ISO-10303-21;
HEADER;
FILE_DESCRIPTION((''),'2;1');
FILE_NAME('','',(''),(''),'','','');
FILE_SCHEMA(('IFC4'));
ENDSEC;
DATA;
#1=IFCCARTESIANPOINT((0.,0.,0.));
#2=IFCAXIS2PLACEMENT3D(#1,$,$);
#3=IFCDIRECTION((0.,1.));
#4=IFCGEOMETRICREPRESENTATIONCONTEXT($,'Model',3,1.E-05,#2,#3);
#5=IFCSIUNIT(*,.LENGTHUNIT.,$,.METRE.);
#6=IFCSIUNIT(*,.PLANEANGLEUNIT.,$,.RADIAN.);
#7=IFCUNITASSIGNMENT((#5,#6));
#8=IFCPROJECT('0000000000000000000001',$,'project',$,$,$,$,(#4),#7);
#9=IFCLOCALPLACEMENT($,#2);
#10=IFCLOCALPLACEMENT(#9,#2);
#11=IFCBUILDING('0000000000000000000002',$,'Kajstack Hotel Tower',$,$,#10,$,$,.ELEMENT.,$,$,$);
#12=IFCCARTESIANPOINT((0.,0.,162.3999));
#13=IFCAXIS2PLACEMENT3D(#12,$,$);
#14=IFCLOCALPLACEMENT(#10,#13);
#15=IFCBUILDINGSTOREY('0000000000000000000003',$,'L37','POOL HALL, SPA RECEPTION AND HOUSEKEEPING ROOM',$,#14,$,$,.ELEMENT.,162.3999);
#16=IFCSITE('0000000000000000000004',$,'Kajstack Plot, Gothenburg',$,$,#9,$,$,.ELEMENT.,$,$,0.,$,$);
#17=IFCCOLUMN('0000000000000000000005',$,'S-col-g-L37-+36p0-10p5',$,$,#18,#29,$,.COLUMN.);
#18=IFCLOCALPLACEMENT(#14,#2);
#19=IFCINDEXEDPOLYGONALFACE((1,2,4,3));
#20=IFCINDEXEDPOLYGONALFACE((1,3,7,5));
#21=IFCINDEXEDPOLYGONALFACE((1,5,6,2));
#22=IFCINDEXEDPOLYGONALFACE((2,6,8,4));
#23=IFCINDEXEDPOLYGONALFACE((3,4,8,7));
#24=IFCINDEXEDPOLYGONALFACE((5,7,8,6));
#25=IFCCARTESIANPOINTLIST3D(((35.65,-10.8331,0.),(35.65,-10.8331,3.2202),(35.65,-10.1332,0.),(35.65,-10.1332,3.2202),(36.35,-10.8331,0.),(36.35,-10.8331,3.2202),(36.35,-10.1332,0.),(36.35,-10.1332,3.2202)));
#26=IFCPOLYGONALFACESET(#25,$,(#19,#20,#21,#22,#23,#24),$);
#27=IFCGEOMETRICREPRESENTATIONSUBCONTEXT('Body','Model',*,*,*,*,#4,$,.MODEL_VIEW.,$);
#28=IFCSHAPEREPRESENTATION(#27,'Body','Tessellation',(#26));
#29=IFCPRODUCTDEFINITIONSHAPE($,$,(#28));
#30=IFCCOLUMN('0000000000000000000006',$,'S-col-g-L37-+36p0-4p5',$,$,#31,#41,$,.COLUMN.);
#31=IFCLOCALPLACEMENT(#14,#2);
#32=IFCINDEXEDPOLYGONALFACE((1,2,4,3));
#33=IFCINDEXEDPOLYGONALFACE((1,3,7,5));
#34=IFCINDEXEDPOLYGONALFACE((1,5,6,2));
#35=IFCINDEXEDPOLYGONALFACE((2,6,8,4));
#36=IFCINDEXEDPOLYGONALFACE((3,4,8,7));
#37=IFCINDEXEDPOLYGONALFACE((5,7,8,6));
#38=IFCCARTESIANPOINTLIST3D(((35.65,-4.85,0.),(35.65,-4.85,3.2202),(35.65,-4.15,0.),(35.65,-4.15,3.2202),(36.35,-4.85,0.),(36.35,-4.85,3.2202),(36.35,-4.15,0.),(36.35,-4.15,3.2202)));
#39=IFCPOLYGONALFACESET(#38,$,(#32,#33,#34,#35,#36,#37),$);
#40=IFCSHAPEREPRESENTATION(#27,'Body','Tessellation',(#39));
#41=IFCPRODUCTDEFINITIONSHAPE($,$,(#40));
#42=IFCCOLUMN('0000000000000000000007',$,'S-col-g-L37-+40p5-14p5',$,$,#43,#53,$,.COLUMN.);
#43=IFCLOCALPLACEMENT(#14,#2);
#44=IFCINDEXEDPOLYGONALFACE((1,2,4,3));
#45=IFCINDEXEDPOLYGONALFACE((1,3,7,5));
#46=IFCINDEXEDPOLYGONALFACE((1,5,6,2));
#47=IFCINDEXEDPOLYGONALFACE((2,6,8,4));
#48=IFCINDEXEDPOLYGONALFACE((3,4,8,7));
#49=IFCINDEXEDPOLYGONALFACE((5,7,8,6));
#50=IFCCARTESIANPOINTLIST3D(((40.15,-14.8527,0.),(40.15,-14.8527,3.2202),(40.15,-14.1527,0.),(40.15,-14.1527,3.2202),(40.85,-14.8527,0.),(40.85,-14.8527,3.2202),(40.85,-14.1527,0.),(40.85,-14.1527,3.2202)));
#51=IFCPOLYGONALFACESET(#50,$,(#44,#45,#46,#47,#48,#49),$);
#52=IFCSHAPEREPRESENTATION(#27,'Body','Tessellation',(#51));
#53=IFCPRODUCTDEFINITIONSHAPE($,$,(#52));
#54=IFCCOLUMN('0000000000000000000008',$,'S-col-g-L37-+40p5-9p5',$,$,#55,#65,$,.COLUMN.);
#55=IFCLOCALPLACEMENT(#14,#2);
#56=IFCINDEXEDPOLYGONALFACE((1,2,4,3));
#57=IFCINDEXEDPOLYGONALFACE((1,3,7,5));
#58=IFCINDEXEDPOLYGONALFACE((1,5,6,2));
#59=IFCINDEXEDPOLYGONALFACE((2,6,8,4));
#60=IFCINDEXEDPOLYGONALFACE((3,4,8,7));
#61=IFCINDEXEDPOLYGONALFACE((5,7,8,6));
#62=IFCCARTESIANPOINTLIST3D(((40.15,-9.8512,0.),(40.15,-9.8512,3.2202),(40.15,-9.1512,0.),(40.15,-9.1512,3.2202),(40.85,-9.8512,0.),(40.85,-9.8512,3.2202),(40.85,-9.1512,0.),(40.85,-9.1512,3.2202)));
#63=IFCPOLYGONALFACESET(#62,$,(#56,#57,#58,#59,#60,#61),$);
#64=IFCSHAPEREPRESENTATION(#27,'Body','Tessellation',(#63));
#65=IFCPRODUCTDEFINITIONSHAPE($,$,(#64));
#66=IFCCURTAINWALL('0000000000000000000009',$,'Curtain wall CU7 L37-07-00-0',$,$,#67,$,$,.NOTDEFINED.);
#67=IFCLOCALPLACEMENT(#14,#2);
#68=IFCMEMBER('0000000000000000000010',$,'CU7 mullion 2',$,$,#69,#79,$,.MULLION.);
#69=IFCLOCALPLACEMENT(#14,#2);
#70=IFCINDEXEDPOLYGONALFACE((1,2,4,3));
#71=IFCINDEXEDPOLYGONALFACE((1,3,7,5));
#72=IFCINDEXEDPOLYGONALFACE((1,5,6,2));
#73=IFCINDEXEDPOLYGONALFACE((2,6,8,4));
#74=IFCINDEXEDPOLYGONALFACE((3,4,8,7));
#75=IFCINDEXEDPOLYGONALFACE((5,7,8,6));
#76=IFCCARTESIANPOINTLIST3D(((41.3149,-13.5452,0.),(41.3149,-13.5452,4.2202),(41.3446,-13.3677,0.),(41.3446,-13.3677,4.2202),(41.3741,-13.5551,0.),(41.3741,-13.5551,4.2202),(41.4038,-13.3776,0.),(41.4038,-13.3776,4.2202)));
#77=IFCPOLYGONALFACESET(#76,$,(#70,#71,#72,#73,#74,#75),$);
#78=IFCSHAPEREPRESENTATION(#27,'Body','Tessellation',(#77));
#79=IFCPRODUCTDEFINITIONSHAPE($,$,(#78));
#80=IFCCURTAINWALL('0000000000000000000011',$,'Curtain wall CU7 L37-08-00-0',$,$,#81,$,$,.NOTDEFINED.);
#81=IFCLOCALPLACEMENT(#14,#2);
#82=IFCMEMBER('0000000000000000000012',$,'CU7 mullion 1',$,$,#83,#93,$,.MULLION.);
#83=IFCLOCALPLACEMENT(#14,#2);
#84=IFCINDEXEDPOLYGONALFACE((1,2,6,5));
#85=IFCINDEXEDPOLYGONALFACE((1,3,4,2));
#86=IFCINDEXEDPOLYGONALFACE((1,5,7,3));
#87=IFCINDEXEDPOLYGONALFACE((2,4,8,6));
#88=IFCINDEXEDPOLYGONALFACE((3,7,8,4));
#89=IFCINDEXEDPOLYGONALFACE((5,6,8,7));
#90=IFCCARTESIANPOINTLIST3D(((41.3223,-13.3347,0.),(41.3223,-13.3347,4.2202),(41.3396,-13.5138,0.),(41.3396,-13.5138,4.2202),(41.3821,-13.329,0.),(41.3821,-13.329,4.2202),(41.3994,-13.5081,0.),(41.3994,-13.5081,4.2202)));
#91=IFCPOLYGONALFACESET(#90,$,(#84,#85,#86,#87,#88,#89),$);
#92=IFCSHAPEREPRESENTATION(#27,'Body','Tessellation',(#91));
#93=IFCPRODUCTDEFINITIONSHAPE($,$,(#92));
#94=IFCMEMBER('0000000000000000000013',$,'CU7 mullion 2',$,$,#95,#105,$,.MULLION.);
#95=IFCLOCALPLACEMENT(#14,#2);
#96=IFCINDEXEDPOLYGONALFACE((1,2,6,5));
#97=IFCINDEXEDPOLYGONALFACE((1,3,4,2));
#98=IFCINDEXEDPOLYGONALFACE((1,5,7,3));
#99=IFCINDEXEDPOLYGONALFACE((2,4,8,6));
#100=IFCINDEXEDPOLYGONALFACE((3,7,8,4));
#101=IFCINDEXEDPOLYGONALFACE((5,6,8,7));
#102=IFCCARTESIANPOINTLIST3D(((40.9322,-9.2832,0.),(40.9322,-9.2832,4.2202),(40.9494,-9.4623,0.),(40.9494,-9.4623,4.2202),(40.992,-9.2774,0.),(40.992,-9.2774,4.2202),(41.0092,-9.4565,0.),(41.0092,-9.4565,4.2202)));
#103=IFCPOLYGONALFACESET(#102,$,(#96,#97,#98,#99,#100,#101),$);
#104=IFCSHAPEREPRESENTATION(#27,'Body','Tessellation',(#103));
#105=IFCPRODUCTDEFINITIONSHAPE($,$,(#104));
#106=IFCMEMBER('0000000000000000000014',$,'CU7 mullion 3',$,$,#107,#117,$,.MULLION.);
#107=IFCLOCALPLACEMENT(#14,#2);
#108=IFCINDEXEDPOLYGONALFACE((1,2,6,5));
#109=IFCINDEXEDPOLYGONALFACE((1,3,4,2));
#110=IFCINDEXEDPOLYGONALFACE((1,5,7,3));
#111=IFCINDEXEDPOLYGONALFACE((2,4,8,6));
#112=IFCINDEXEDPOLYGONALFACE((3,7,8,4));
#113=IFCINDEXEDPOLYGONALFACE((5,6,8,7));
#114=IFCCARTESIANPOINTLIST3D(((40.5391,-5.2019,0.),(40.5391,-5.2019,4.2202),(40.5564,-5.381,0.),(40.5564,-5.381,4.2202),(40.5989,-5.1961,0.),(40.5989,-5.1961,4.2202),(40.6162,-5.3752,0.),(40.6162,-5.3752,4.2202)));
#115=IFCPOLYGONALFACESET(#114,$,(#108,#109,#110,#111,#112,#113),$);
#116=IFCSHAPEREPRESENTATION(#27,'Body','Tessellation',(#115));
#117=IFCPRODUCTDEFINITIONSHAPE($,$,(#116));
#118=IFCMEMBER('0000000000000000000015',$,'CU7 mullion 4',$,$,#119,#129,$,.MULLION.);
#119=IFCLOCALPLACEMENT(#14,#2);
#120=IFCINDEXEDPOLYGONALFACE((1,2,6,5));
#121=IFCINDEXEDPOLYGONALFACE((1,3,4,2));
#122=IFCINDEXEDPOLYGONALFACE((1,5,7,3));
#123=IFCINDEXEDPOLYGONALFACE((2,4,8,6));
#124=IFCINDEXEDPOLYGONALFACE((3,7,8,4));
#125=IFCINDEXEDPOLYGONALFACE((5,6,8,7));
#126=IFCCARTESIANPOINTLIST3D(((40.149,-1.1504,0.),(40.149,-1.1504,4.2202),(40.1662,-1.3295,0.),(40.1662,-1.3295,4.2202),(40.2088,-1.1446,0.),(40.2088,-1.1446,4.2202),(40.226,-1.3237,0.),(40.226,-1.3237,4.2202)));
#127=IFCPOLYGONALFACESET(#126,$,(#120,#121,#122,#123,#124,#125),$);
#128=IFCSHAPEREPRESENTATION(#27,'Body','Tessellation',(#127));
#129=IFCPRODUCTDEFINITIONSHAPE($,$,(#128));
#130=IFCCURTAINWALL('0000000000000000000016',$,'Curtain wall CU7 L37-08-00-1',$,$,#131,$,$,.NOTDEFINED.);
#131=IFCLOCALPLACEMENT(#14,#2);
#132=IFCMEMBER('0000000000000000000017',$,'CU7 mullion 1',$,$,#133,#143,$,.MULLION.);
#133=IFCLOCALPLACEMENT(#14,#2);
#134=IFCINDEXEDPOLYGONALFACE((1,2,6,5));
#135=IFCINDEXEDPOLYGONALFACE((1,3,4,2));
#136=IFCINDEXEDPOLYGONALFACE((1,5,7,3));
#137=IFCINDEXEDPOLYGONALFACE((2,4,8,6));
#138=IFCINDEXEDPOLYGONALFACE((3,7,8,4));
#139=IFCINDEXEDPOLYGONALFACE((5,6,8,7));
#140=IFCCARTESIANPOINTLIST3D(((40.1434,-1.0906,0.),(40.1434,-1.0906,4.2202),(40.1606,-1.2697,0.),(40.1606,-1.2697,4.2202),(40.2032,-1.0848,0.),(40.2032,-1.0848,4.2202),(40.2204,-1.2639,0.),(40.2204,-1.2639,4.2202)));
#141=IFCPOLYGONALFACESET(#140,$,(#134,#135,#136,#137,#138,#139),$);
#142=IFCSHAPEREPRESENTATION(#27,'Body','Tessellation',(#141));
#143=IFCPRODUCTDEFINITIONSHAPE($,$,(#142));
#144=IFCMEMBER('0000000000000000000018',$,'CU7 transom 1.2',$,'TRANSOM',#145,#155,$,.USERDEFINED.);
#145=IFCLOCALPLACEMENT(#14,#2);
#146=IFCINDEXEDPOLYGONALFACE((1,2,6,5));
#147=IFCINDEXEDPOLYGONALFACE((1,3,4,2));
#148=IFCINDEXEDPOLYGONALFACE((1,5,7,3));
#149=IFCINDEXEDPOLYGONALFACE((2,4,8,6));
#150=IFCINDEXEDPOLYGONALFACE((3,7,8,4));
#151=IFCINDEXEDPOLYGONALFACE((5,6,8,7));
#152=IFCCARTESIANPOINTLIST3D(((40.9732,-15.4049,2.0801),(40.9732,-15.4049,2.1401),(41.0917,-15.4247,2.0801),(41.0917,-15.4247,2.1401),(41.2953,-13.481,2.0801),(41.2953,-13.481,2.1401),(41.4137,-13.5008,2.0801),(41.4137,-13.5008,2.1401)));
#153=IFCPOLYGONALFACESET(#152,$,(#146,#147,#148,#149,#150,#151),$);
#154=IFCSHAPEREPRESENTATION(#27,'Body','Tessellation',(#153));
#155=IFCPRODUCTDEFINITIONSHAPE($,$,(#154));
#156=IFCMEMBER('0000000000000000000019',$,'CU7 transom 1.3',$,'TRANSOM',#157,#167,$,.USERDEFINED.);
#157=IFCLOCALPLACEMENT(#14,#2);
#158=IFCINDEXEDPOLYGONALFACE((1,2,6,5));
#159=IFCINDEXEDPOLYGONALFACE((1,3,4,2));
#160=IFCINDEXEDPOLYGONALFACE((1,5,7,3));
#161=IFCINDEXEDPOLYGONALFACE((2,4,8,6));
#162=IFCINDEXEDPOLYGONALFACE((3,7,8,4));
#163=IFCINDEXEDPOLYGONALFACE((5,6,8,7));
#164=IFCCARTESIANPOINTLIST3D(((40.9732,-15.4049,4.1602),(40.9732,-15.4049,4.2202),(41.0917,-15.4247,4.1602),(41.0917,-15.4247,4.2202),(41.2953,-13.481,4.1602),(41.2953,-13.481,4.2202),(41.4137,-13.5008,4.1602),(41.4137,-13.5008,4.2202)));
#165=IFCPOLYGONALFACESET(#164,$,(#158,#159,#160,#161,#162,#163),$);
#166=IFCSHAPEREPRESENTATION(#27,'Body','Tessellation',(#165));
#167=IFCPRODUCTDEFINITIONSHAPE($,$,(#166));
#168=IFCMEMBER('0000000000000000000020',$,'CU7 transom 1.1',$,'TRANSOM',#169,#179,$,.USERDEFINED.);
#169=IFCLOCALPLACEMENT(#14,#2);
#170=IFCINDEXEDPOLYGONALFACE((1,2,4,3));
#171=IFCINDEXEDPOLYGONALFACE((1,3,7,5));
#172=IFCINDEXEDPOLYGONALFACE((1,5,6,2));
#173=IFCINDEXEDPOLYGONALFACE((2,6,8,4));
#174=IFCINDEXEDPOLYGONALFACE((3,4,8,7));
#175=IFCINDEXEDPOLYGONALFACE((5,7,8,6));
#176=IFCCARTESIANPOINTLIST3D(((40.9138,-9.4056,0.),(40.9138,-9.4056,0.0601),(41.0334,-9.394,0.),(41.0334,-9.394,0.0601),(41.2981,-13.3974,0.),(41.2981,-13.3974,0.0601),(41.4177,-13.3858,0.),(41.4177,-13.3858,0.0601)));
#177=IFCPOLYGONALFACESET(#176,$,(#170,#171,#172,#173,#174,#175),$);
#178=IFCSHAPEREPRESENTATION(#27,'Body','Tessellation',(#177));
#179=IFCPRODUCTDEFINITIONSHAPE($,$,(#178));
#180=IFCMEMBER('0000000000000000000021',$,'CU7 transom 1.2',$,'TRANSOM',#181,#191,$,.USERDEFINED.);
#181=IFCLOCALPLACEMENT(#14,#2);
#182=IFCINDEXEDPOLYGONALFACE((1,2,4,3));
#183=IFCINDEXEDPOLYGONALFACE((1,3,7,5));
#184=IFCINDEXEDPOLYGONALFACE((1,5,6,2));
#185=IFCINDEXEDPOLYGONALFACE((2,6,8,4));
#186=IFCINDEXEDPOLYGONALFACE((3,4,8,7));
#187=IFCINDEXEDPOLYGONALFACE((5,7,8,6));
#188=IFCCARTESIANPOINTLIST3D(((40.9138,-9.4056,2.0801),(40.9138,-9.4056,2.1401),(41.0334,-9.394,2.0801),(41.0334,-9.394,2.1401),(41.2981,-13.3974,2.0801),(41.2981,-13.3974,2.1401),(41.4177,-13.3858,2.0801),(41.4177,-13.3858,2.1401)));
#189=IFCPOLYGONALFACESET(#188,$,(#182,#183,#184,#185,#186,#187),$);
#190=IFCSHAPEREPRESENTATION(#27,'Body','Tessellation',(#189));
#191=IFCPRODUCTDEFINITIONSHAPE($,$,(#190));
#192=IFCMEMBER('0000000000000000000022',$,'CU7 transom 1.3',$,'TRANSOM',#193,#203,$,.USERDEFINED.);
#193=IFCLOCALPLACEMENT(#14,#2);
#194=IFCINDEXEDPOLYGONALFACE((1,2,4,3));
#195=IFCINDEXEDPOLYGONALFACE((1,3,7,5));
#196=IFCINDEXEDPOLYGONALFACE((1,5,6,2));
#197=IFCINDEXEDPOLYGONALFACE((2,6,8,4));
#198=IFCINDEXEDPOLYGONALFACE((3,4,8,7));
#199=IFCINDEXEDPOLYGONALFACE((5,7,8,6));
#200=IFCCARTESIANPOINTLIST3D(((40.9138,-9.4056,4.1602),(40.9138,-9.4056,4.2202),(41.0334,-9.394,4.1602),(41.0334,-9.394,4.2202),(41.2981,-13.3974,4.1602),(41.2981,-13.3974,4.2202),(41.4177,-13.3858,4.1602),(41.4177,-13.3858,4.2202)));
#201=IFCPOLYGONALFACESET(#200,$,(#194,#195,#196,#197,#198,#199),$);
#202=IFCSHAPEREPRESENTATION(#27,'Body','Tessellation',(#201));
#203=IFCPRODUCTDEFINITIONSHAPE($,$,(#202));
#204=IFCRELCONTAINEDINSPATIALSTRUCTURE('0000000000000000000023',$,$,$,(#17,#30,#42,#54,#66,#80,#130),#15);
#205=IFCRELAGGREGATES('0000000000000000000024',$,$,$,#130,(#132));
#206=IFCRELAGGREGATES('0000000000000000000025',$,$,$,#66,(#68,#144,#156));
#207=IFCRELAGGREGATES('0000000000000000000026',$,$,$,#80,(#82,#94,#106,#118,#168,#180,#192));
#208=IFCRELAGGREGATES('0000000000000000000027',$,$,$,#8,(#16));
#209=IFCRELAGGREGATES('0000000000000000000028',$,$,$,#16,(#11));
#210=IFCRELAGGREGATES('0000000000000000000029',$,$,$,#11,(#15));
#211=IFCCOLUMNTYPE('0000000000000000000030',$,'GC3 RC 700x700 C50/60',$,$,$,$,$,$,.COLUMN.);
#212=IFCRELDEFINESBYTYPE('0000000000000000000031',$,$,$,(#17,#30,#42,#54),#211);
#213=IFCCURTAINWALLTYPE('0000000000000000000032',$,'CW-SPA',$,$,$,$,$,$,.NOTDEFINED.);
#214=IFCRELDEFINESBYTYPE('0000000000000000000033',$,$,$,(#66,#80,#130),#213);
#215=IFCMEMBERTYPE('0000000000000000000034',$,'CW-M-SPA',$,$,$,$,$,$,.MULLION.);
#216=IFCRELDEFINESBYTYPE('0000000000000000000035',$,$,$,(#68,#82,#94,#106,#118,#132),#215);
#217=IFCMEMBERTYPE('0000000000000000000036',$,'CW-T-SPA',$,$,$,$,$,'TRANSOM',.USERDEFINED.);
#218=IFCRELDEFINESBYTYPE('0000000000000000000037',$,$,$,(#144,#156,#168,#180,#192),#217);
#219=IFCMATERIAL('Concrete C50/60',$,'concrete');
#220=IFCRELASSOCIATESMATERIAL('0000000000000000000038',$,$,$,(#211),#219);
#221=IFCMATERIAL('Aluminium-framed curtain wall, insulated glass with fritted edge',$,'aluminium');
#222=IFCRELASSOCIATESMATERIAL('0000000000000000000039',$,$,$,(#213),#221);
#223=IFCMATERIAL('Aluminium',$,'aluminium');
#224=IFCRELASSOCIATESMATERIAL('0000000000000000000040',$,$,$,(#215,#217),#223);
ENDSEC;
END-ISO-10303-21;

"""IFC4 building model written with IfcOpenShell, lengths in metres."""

from ifc_helpers import new_model, si_unit, direction, frame, origin, origin_2d, place, context, subcontext, project, spatial, rectangle, extrude, material, material_profile, profile_set, type_object, element, aggregate, save


model = new_model("IFC4")

# Units and contexts
model_context = context("Model", 3, precision=1e-05, world=origin(), true_north=direction((0.0, 1.0)))
body_context = subcontext(model_context, "Body", "Model", "MODEL_VIEW")
ifc_project = project(units=[si_unit("LENGTHUNIT", "METRE"), si_unit("PLANEANGLEUNIT", "RADIAN")], contexts=[model_context])

# Site, building, storey
site_placement = place(None, origin())
site = spatial("IfcSite", under=ifc_project, at=site_placement, Name="Kajstack Plot, Gothenburg", CompositionType="ELEMENT", RefElevation=0.0)
building_placement = place(site_placement, origin())
building = spatial("IfcBuilding", under=site, at=building_placement, Name="Kajstack Hotel Tower", CompositionType="ELEMENT")
storey_placement = place(building_placement, frame((0.0, 0.0, 162.3999)))
storey = spatial("IfcBuildingStorey", under=building, at=storey_placement, Name="L37", Description="POOL HALL, SPA RECEPTION AND HOUSEKEEPING ROOM", CompositionType="ELEMENT", Elevation=162.3999)

# Columns
ifc_material_1 = material(Name="Concrete C50/60", Category="concrete")
ifc_material_profile_1 = material_profile(ifc_material_1, rectangle(XDim=0.7, YDim=0.7, at=origin_2d()), Name="RC 700x700")
ifc_profile_set_1 = profile_set([ifc_material_profile_1], Name="Concrete C50/60")
column_type = type_object("IfcColumnType", Name="GC3 RC 700x700 C50/60", PredefinedType="COLUMN", material=ifc_profile_set_1)
for number, where, z_axis, x_axis, name in (
    (1, (36.0, -10.4832, 0.0), (0.0, 0.0, 1.0), (1.0, 0.0, 0.0), "S-col-g-L37-+36p0-10p5"),
    (2, (36.0, -4.5, 0.0), (0.0, 0.0, 1.0), (1.0, 0.0, 0.0), "S-col-g-L37-+36p0-4p5"),
    (3, (40.5, -14.5027, 0.0), (0.0, 0.0, 1.0), (1.0, 0.0, 0.0), "S-col-g-L37-+40p5-14p5"),
    (4, (40.5, -9.5012, 0.0), (0.0, 0.0, 1.0), (1.0, 0.0, 0.0), "S-col-g-L37-+40p5-9p5"),
):
    element("IfcColumn", number, at=place(storey_placement, frame(where, z_axis=z_axis, x_axis=x_axis)), inside=storey, type_object=column_type, Name=name, PredefinedType="COLUMN", context=body_context, shape_type="SweptSolid", body=[
        extrude(rectangle(XDim=0.7, YDim=0.7, at=origin_2d()), origin(), (0.0, 0.0, 1.0), 3.2202),
    ])

# Curtain wall, member
ifc_material_2 = material(Name="Aluminium-framed curtain wall, insulated glass with fritted edge", Category="aluminium")
curtain_wall_type = type_object("IfcCurtainWallType", Name="CW-SPA", PredefinedType="NOTDEFINED", material=ifc_material_2)
curtain_wall_1_placement = place(storey_placement, origin())
curtain_wall_1 = element("IfcCurtainWall", 5, at=curtain_wall_1_placement, inside=storey, type_object=curtain_wall_type, Name="Curtain wall CU7 L37-07-00-0", PredefinedType="NOTDEFINED")
ifc_material_3 = material(Name="Aluminium", Category="aluminium")
ifc_material_profile_2 = material_profile(ifc_material_3, rectangle(XDim=0.0601, YDim=0.1799, at=origin_2d()), Name="Aluminium mullion 60 x 180")
ifc_profile_set_2 = profile_set([ifc_material_profile_2], Name="Aluminium")
member_type_1 = type_object("IfcMemberType", Name="CW-M-SPA", PredefinedType="MULLION", material=ifc_profile_set_2)
member_1_placement = place(storey_placement, frame((41.3594, -13.4614, 0.0), z_axis=(0.0, 0.0, 1.0), x_axis=(-0.986289, 0.165025, 0.0)))
member_1 = element("IfcMember", 6, at=member_1_placement, type_object=member_type_1, Name="CU7 mullion 2", PredefinedType="MULLION", context=body_context, shape_type="SweptSolid", body=[
    extrude(rectangle(XDim=0.0601, YDim=0.1799, at=origin_2d()), origin(), (0.0, 0.0, 1.0), 4.2202),
])

# Curtain wall, members
curtain_wall_2_placement = place(storey_placement, origin())
curtain_wall_2 = element("IfcCurtainWall", 7, at=curtain_wall_2_placement, inside=storey, type_object=curtain_wall_type, Name="Curtain wall CU7 L37-08-00-0", PredefinedType="NOTDEFINED")
member_2_placement = place(storey_placement, frame((41.3608, -13.4214, 0.0), z_axis=(0.0, 0.0, 1.0), x_axis=(-0.995396, -0.095844, 0.0)))
member_2 = element("IfcMember", 8, at=member_2_placement, type_object=member_type_1, Name="CU7 mullion 1", PredefinedType="MULLION", context=body_context, shape_type="SweptSolid", body=[
    extrude(rectangle(XDim=0.0601, YDim=0.1799, at=origin_2d()), origin(), (0.0, 0.0, 1.0), 4.2202),
])
member_3_placement = place(storey_placement, frame((40.9707, -9.3699, 0.0), z_axis=(0.0, 0.0, 1.0), x_axis=(-0.995396, -0.095844, 0.0)))
member_3 = element("IfcMember", 9, at=member_3_placement, type_object=member_type_1, Name="CU7 mullion 2", PredefinedType="MULLION", context=body_context, shape_type="SweptSolid", body=[
    extrude(rectangle(XDim=0.0601, YDim=0.1799, at=origin_2d()), origin(), (0.0, 0.0, 1.0), 4.2202),
])
member_4_placement = place(storey_placement, frame((40.5776, -5.2886, 0.0), z_axis=(0.0, 0.0, 1.0), x_axis=(-0.995396, -0.095844, 0.0)))
member_4 = element("IfcMember", 10, at=member_4_placement, type_object=member_type_1, Name="CU7 mullion 3", PredefinedType="MULLION", context=body_context, shape_type="SweptSolid", body=[
    extrude(rectangle(XDim=0.0601, YDim=0.1799, at=origin_2d()), origin(), (0.0, 0.0, 1.0), 4.2202),
])
member_5_placement = place(storey_placement, frame((40.1875, -1.2371, 0.0), z_axis=(0.0, 0.0, 1.0), x_axis=(-0.995396, -0.095844, 0.0)))
member_5 = element("IfcMember", 11, at=member_5_placement, type_object=member_type_1, Name="CU7 mullion 4", PredefinedType="MULLION", context=body_context, shape_type="SweptSolid", body=[
    extrude(rectangle(XDim=0.0601, YDim=0.1799, at=origin_2d()), origin(), (0.0, 0.0, 1.0), 4.2202),
])

# Curtain wall, member
curtain_wall_3_placement = place(storey_placement, origin())
curtain_wall_3 = element("IfcCurtainWall", 12, at=curtain_wall_3_placement, inside=storey, type_object=curtain_wall_type, Name="Curtain wall CU7 L37-08-00-1", PredefinedType="NOTDEFINED")
member_6_placement = place(storey_placement, frame((40.1819, -1.1772, 0.0), z_axis=(0.0, 0.0, 1.0), x_axis=(-0.995396, -0.095844, 0.0)))
member_6 = element("IfcMember", 13, at=member_6_placement, type_object=member_type_1, Name="CU7 mullion 1", PredefinedType="MULLION", context=body_context, shape_type="SweptSolid", body=[
    extrude(rectangle(XDim=0.0601, YDim=0.1799, at=origin_2d()), origin(), (0.0, 0.0, 1.0), 4.2202),
])

# Members
ifc_material_profile_3 = material_profile(ifc_material_3, rectangle(XDim=0.1201, YDim=0.0601, at=origin_2d()), Name="Aluminium transom 120 x 60")
ifc_profile_set_3 = profile_set([ifc_material_profile_3], Name="Aluminium")
member_type_2 = type_object("IfcMemberType", Name="CW-T-SPA", ElementType="TRANSOM", PredefinedType="USERDEFINED", material=ifc_profile_set_3)
member_7_placement = place(storey_placement, frame((41.0325, -15.4148, 2.1101), z_axis=(0.165089, 0.986279, 0.0), x_axis=(-0.986279, 0.165089, 0.0)))
member_7 = element("IfcMember", 14, at=member_7_placement, type_object=member_type_2, Name="CU7 transom 1.2", ObjectType="TRANSOM", PredefinedType="USERDEFINED", context=body_context, shape_type="SweptSolid", body=[
    extrude(rectangle(XDim=0.1201, YDim=0.0601, at=origin_2d()), origin(), (0.0, 0.0, 1.0), 1.9507),
])
member_8_placement = place(storey_placement, frame((41.0325, -15.4148, 4.1902), z_axis=(0.165089, 0.986279, 0.0), x_axis=(-0.986279, 0.165089, 0.0)))
member_8 = element("IfcMember", 15, at=member_8_placement, type_object=member_type_2, Name="CU7 transom 1.3", ObjectType="TRANSOM", PredefinedType="USERDEFINED", context=body_context, shape_type="SweptSolid", body=[
    extrude(rectangle(XDim=0.1201, YDim=0.0601, at=origin_2d()), origin(), (0.0, 0.0, 1.0), 1.9507),
])
member_9_placement = place(storey_placement, frame((41.3579, -13.3916, 0.03), z_axis=(-0.095826, 0.995398, 0.0), x_axis=(-0.995398, -0.095826, 0.0)))
member_9 = element("IfcMember", 16, at=member_9_placement, type_object=member_type_2, Name="CU7 transom 1.1", ObjectType="TRANSOM", PredefinedType="USERDEFINED", context=body_context, shape_type="SweptSolid", body=[
    extrude(rectangle(XDim=0.1201, YDim=0.0601, at=origin_2d()), origin(), (0.0, 0.0, 1.0), 4.0103),
])
member_10_placement = place(storey_placement, frame((41.3579, -13.3916, 2.1101), z_axis=(-0.095826, 0.995398, 0.0), x_axis=(-0.995398, -0.095826, 0.0)))
member_10 = element("IfcMember", 17, at=member_10_placement, type_object=member_type_2, Name="CU7 transom 1.2", ObjectType="TRANSOM", PredefinedType="USERDEFINED", context=body_context, shape_type="SweptSolid", body=[
    extrude(rectangle(XDim=0.1201, YDim=0.0601, at=origin_2d()), origin(), (0.0, 0.0, 1.0), 4.0103),
])
member_11_placement = place(storey_placement, frame((41.3579, -13.3916, 4.1902), z_axis=(-0.095826, 0.995398, 0.0), x_axis=(-0.995398, -0.095826, 0.0)))
member_11 = element("IfcMember", 18, at=member_11_placement, type_object=member_type_2, Name="CU7 transom 1.3", ObjectType="TRANSOM", PredefinedType="USERDEFINED", context=body_context, shape_type="SweptSolid", body=[
    extrude(rectangle(XDim=0.1201, YDim=0.0601, at=origin_2d()), origin(), (0.0, 0.0, 1.0), 4.0103),
])
aggregate(curtain_wall_3, [member_6])

aggregate(curtain_wall_1, [member_1, member_7, member_8])
aggregate(curtain_wall_2, [member_2, member_3, member_4, member_5, member_9, member_10, member_11])

save(model, "model.ifc")
